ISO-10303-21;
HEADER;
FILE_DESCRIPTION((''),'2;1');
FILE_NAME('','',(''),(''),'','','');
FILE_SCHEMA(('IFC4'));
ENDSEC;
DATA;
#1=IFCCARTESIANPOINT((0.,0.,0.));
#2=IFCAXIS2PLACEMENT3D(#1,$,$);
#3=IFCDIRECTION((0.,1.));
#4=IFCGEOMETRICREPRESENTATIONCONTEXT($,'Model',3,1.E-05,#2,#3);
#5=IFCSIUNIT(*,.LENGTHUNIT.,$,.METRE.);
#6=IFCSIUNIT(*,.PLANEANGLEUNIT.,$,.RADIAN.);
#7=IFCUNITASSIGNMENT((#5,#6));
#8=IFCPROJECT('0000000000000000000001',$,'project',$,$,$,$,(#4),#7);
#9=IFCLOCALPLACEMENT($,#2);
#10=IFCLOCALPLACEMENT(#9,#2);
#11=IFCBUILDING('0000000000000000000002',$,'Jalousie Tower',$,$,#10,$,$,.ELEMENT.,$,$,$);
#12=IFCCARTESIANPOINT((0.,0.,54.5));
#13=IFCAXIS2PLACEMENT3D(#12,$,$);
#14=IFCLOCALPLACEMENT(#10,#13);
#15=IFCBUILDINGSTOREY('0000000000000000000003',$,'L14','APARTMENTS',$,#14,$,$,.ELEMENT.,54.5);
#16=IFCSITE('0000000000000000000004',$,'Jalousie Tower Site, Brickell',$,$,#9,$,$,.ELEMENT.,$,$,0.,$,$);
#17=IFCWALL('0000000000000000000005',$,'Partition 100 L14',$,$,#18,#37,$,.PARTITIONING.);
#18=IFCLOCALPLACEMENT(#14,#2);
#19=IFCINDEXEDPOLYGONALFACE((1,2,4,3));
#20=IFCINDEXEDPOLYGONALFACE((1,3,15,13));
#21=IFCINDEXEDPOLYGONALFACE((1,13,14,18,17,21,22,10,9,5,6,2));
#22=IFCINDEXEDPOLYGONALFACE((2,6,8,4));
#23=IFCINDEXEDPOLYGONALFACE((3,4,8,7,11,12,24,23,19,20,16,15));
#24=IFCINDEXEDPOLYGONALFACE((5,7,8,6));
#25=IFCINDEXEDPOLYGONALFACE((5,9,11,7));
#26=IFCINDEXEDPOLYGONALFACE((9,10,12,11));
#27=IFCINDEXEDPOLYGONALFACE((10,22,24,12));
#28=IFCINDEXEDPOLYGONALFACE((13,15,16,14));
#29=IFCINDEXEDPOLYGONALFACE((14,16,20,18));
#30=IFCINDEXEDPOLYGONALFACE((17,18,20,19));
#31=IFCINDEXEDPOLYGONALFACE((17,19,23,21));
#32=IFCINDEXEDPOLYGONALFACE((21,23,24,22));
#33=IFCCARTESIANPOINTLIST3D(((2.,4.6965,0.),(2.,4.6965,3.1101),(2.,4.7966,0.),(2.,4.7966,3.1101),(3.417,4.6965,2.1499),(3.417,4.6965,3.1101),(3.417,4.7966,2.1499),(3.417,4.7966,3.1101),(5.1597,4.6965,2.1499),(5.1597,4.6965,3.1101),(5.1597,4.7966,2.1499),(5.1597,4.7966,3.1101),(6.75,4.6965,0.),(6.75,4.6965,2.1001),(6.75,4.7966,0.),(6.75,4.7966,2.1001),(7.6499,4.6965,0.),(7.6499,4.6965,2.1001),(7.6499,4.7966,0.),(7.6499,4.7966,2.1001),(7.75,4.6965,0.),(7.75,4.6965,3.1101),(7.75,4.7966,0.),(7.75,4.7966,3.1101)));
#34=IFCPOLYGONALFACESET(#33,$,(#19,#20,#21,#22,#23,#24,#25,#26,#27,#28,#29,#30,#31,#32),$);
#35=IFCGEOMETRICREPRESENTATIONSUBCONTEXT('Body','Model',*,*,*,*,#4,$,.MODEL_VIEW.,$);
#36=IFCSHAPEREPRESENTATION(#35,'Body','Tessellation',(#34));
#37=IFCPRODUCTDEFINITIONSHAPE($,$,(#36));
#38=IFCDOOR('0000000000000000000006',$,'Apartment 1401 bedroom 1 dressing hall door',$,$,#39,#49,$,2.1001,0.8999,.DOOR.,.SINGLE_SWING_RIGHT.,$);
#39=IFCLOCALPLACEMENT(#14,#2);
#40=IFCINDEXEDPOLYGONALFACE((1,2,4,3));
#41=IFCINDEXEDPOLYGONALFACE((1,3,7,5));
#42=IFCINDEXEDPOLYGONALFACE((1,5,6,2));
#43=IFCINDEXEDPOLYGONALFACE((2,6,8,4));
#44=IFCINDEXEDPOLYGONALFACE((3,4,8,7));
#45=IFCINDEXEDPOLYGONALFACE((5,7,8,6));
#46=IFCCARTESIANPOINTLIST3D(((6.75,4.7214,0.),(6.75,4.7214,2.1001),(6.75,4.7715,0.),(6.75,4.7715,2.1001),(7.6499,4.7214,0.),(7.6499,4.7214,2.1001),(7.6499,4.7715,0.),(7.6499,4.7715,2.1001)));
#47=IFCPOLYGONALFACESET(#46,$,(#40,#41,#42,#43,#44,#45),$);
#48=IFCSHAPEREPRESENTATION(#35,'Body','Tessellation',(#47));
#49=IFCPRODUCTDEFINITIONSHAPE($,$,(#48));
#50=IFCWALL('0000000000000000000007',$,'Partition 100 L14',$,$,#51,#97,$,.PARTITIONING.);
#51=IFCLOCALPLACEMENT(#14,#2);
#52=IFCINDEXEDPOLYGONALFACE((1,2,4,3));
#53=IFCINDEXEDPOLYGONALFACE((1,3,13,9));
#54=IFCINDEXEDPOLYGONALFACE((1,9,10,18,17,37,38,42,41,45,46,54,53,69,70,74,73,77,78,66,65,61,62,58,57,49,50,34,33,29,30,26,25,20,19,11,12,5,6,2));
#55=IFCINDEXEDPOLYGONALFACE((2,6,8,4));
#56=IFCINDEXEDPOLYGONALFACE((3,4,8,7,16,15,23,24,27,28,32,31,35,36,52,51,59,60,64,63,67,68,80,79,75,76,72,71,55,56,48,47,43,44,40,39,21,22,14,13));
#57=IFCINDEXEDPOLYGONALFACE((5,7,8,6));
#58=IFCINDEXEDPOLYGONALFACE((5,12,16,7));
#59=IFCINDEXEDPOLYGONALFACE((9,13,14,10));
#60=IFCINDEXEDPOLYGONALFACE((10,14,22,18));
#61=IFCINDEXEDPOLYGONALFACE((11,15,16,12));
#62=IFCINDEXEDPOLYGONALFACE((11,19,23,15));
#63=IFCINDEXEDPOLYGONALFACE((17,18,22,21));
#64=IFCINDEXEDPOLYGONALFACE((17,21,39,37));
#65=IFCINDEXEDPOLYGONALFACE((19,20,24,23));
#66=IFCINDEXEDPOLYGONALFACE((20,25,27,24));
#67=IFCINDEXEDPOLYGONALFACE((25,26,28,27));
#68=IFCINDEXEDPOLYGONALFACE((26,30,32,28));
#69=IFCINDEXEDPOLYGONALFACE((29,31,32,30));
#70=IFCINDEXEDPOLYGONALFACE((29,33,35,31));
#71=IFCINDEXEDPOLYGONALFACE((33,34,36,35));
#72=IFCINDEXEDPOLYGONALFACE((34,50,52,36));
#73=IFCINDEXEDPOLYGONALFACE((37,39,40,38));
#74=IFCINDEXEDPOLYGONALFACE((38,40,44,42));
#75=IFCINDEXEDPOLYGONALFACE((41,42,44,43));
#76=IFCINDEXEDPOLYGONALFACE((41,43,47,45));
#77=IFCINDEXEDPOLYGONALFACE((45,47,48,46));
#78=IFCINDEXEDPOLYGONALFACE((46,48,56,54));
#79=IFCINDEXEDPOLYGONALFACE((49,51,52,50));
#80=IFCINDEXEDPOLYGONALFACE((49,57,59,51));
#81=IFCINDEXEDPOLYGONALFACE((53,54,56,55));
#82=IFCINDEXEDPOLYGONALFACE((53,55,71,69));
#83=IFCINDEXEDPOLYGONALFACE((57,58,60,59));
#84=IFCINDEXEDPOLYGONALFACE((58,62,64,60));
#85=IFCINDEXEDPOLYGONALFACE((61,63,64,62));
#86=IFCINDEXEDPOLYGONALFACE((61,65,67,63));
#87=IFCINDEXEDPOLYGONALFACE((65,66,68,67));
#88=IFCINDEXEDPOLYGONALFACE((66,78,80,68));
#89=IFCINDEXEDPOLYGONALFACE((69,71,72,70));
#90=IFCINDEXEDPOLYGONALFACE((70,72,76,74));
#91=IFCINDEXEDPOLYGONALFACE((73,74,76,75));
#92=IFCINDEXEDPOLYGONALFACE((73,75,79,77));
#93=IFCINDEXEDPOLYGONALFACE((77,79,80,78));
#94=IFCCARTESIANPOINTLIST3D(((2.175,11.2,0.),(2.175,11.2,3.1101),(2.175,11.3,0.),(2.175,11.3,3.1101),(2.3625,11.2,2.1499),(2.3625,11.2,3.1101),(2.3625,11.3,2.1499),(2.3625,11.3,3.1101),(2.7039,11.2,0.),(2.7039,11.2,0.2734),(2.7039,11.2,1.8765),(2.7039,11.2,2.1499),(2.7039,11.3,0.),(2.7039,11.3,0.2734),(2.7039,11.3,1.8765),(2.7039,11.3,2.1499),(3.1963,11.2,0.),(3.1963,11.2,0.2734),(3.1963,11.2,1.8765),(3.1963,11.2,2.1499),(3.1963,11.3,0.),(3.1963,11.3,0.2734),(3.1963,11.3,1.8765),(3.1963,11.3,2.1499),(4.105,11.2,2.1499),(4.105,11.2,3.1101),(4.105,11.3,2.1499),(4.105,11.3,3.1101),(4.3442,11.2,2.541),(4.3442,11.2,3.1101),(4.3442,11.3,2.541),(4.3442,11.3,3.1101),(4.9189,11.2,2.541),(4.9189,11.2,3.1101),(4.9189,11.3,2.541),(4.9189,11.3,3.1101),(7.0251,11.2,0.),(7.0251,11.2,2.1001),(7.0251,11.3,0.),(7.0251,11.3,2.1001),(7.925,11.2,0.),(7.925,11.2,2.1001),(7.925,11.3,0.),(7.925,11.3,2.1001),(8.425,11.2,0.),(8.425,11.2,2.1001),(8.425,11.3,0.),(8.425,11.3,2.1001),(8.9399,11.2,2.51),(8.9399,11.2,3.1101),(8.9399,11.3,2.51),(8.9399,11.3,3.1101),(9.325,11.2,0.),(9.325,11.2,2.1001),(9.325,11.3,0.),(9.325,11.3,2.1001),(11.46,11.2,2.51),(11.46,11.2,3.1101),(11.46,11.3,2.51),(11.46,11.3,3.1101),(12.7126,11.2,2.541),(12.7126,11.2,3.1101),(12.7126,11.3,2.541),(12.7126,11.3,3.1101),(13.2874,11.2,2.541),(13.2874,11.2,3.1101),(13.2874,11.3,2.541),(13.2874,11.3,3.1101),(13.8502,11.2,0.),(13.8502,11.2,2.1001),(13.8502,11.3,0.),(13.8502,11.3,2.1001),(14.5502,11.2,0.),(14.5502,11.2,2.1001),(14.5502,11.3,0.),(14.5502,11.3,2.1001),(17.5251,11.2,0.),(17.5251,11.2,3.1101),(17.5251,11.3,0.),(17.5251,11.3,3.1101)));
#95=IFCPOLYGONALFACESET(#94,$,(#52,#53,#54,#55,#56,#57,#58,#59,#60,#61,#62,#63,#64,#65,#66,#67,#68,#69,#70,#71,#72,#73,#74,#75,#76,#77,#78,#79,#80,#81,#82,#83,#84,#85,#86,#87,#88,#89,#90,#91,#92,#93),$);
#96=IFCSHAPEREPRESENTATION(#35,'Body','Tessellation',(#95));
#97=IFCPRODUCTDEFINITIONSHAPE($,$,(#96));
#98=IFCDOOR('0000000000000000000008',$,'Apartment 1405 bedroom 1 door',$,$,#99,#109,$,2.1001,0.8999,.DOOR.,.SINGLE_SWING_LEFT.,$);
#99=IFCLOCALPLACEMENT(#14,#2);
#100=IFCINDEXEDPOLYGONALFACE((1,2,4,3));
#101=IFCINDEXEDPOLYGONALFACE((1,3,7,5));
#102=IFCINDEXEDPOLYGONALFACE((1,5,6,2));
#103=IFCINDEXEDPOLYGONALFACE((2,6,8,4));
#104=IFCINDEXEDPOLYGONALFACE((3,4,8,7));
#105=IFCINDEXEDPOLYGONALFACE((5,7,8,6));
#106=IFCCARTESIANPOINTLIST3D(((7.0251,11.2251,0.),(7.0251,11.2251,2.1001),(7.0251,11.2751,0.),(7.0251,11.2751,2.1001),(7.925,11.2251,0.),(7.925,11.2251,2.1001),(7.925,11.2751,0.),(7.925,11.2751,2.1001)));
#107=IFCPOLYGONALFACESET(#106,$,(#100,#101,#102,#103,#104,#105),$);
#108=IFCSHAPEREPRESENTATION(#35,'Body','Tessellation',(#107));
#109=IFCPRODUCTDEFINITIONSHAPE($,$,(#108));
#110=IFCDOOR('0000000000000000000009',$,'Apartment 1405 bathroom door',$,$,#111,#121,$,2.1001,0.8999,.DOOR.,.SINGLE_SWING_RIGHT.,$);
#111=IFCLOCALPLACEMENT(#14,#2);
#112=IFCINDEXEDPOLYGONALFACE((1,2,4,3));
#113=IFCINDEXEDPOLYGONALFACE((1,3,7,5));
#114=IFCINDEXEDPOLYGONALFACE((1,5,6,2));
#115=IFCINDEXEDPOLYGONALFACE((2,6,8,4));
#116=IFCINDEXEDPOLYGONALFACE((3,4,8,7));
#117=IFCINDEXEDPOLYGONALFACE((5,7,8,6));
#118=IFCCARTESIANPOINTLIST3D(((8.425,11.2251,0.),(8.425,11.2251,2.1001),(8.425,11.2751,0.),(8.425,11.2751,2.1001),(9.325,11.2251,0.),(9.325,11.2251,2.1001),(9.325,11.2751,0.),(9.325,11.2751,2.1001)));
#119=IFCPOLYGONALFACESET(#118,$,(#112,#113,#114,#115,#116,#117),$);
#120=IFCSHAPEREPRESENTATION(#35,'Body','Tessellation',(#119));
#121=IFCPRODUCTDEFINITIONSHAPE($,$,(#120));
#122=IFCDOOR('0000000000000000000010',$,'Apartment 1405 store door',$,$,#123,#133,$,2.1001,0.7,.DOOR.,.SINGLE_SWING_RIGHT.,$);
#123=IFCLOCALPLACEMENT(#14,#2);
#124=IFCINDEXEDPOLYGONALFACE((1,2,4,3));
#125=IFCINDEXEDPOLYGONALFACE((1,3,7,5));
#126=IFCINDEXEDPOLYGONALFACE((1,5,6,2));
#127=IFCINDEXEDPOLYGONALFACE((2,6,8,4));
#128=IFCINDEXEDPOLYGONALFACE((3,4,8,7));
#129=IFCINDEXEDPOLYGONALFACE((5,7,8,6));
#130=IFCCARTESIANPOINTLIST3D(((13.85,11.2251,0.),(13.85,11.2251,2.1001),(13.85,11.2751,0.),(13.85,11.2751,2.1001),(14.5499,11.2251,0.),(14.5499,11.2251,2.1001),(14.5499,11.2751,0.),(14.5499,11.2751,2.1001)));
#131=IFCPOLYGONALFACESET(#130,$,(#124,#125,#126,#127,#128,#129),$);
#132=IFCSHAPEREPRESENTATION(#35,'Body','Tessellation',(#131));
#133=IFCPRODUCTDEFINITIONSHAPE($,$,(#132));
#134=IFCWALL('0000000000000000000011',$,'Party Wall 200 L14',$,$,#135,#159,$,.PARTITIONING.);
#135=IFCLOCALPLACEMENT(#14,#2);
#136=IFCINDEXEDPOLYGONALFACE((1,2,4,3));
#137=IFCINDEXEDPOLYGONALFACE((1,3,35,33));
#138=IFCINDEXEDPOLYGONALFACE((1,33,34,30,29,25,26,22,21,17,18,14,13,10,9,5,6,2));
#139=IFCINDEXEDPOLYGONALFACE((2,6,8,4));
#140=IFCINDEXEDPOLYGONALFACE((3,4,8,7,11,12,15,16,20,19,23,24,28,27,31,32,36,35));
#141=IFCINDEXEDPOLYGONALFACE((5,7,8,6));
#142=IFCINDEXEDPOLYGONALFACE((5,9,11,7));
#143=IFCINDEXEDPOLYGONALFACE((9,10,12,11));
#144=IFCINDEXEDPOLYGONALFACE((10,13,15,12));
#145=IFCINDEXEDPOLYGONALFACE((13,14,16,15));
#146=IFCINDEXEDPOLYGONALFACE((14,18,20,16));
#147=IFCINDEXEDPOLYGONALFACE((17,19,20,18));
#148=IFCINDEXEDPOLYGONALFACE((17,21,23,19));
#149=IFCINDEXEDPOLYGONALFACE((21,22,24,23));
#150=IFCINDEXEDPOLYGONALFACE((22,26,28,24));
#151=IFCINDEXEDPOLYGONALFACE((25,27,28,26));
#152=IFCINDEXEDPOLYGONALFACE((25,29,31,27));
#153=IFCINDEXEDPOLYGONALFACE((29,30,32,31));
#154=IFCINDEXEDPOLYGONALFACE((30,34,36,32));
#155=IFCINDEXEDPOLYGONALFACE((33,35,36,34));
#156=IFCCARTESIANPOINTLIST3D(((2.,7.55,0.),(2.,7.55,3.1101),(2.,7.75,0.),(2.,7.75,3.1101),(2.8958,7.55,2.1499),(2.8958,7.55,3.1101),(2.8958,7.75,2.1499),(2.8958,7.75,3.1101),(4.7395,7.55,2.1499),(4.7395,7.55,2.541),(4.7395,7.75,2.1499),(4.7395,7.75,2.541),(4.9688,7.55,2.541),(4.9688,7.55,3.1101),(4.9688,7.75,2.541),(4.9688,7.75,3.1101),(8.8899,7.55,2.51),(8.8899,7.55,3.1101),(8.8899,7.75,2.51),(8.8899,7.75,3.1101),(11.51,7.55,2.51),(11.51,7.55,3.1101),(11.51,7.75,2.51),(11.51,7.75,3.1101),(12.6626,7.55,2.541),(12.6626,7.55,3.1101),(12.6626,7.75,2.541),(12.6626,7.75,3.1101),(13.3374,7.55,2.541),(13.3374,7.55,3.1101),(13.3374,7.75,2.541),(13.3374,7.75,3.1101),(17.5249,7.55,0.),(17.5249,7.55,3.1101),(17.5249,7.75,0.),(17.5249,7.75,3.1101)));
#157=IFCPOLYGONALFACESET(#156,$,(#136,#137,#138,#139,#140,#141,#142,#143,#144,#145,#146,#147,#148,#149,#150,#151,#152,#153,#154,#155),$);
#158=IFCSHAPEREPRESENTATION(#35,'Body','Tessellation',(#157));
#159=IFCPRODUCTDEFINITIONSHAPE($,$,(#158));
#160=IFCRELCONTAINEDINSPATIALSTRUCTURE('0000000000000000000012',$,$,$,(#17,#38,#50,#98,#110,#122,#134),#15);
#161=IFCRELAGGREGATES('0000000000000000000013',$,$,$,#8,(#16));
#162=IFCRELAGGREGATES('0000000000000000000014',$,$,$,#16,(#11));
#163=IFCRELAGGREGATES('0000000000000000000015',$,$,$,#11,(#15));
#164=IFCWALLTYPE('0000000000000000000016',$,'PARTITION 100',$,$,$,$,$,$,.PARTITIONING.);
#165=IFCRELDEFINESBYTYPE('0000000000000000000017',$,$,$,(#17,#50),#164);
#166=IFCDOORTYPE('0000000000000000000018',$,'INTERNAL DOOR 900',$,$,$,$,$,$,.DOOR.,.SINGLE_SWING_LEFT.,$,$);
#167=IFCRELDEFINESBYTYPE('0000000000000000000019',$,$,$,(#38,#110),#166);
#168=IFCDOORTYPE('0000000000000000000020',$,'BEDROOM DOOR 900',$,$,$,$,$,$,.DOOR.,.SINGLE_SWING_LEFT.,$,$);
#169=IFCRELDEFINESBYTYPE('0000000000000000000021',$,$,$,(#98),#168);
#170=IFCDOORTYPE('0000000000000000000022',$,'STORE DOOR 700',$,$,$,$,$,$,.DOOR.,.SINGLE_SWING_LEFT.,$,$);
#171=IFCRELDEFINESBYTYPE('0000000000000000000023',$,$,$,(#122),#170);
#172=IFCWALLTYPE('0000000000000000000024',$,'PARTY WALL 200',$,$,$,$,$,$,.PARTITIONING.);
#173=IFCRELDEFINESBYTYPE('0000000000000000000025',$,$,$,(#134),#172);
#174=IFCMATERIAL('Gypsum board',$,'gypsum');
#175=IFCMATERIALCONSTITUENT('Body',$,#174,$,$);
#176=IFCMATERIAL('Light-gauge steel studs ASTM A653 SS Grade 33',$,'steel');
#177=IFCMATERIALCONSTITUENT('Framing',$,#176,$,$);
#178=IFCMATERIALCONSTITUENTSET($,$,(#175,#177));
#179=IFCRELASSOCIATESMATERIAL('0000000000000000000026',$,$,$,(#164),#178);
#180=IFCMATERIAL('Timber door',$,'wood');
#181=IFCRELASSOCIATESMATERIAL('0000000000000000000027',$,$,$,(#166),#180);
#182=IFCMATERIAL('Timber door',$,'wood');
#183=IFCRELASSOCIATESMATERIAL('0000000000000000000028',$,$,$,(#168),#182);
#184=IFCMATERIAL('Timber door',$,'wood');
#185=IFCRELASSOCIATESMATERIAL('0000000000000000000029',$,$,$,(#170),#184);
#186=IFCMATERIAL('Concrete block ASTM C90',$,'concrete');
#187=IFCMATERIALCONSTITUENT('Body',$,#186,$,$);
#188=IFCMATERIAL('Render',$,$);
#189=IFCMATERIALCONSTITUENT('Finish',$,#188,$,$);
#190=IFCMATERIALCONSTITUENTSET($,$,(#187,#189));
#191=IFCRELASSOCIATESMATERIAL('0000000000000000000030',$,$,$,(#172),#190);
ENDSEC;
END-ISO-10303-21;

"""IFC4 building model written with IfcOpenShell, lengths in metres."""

from ifc_helpers import new_model, si_unit, direction, frame, frame_2d, origin, place, context, subcontext, project, spatial, polyline, rectangle, outline, extrude, material, constituent, constituent_set, type_object, element, fill, save


model = new_model("IFC4")

# Units and contexts
model_context = context("Model", 3, precision=1e-05, world=origin(), true_north=direction((0.0, 1.0)))
body_context = subcontext(model_context, "Body", "Model", "MODEL_VIEW")
ifc_project = project(units=[si_unit("LENGTHUNIT", "METRE"), si_unit("PLANEANGLEUNIT", "RADIAN")], contexts=[model_context])

# Site, building, storey
site_placement = place(None, origin())
site = spatial("IfcSite", under=ifc_project, at=site_placement, Name="Jalousie Tower Site, Brickell", CompositionType="ELEMENT", RefElevation=0.0)
building_placement = place(site_placement, origin())
building = spatial("IfcBuilding", under=site, at=building_placement, Name="Jalousie Tower", CompositionType="ELEMENT")
storey_placement = place(building_placement, frame((0.0, 0.0, 54.5)))
storey = spatial("IfcBuildingStorey", under=building, at=storey_placement, Name="L14", Description="APARTMENTS", CompositionType="ELEMENT", Elevation=54.5)

# Wall, opening, door
ifc_material_1 = material(Name="Gypsum board", Category="gypsum")
ifc_constituent_1 = constituent(ifc_material_1, Name="Body")
ifc_material_2 = material(Name="Light-gauge steel studs ASTM A653 SS Grade 33", Category="steel")
ifc_constituent_2 = constituent(ifc_material_2, Name="Framing")
ifc_constituent_set_1 = constituent_set(constituents=[ifc_constituent_1, ifc_constituent_2])
wall_type_1 = type_object("IfcWallType", Name="PARTITION 100", PredefinedType="PARTITIONING", material=ifc_constituent_set_1)
wall_1_placement = place(storey_placement, frame((2.0, 4.7466, 0.0), z_axis=(0.0, 0.0, 1.0), x_axis=(1.0, 0.0, 0.0)))
wall_1 = element("IfcWall", 1, at=wall_1_placement, inside=storey, type_object=wall_type_1, Name="Partition 100 L14", PredefinedType="PARTITIONING", context=body_context, shape_type="SweptSolid", body=[
    extrude(outline(polyline([(0.0, 0.0), (5.75, 0.0), (5.75, 3.1101), (3.1597, 3.1101), (3.1597, 2.1499), (1.417, 2.1499), (1.417, 3.1101), (0.0, 3.1101), (0.0, 0.0)])), frame((0.0, 0.05, 0.0), z_axis=(0.0, -1.0, 0.0), x_axis=(1.0, 0.0, 0.0)), (0.0, 0.0, 1.0), 0.1001),
])
opening_1_placement = place(wall_1_placement, frame((4.75, 0.0, 0.0)))
opening_1 = element("IfcOpeningElement", 2, at=opening_1_placement, cuts=wall_1, PredefinedType="OPENING", context=body_context, shape_type="SweptSolid", body=[
    extrude(rectangle(XDim=0.8999, YDim=2.1001, at=frame_2d((0.45, 1.05))), frame((0.0, 0.0601, 0.0), z_axis=(0.0, -1.0, 0.0), x_axis=(1.0, 0.0, 0.0)), (0.0, 0.0, 1.0), 0.1201),
])
ifc_material_3 = material(Name="Timber door", Category="wood")
door_type_1 = type_object("IfcDoorType", Name="INTERNAL DOOR 900", OperationType="SINGLE_SWING_LEFT", PredefinedType="DOOR", material=ifc_material_3)
door_1_placement = place(opening_1_placement, origin())
door_1 = element("IfcDoor", 3, at=door_1_placement, inside=storey, type_object=door_type_1, Name="Apartment 1401 bedroom 1 dressing hall door", OperationType="SINGLE_SWING_RIGHT", OverallHeight=2.1001, OverallWidth=0.8999, PredefinedType="DOOR", context=body_context, shape_type="SweptSolid", body=[
    extrude(rectangle(XDim=0.8999, YDim=2.1001, at=frame_2d((0.45, 1.05))), frame((0.0, 0.0249, 0.0), z_axis=(0.0, -1.0, 0.0), x_axis=(1.0, 0.0, 0.0)), (0.0, 0.0, 1.0), 0.05),
])
fill(opening_1, door_1)

# Wall, openings, doors
wall_2_placement = place(storey_placement, frame((2.175, 11.25, 0.0), z_axis=(0.0, 0.0, 1.0), x_axis=(1.0, 0.0, 0.0)))
wall_2 = element("IfcWall", 4, at=wall_2_placement, inside=storey, type_object=wall_type_1, Name="Partition 100 L14", PredefinedType="PARTITIONING", context=body_context, shape_type="SweptSolid", body=[
    extrude(outline(polyline([(0.1875, 3.1101), (0.0, 3.1101), (0.0, 0.0), (0.5288, 0.0), (0.5288, 0.2734), (1.0212, 0.2734), (1.0212, 0.0), (15.3501, 0.0), (15.3501, 3.1101), (11.1123, 3.1101), (11.1123, 2.541), (10.5376, 2.541), (10.5376, 3.1101), (9.2849, 3.1101), (9.2849, 2.51), (6.7649, 2.51), (6.7649, 3.1101), (2.7439, 3.1101), (2.7439, 2.541), (2.1692, 2.541), (2.1692, 3.1101), (1.9299, 3.1101), (1.9299, 2.1499), (1.0212, 2.1499), (1.0212, 1.8765), (0.5288, 1.8765), (0.5288, 2.1499), (0.1875, 2.1499), (0.1875, 3.1101)])), frame((0.0, 0.05, 0.0), z_axis=(0.0, -1.0, 0.0), x_axis=(1.0, 0.0, 0.0)), (0.0, 0.0, 1.0), 0.1001),
])
opening_2_placement = place(wall_2_placement, frame((4.8501, 0.0, 0.0)))
opening_2 = element("IfcOpeningElement", 5, at=opening_2_placement, cuts=wall_2, PredefinedType="OPENING", context=body_context, shape_type="SweptSolid", body=[
    extrude(rectangle(XDim=0.8999, YDim=2.1001, at=frame_2d((0.45, 1.05))), frame((0.0, 0.0601, 0.0), z_axis=(0.0, -1.0, 0.0), x_axis=(1.0, 0.0, 0.0)), (0.0, 0.0, 1.0), 0.1201),
])
opening_3_placement = place(wall_2_placement, frame((6.25, 0.0, 0.0)))
opening_3 = element("IfcOpeningElement", 6, at=opening_3_placement, cuts=wall_2, PredefinedType="OPENING", context=body_context, shape_type="SweptSolid", body=[
    extrude(rectangle(XDim=0.8999, YDim=2.1001, at=frame_2d((0.45, 1.05))), frame((0.0, 0.0601, 0.0), z_axis=(0.0, -1.0, 0.0), x_axis=(1.0, 0.0, 0.0)), (0.0, 0.0, 1.0), 0.1201),
])
opening_4_placement = place(wall_2_placement, frame((11.675, 0.0, 0.0)))
opening_4 = element("IfcOpeningElement", 7, at=opening_4_placement, cuts=wall_2, PredefinedType="OPENING", context=body_context, shape_type="SweptSolid", body=[
    extrude(rectangle(XDim=0.7, YDim=2.1001, at=frame_2d((0.3501, 1.05))), frame((0.0, 0.0601, 0.0), z_axis=(0.0, -1.0, 0.0), x_axis=(1.0, 0.0, 0.0)), (0.0, 0.0, 1.0), 0.1201),
])
ifc_material_4 = material(Name="Timber door", Category="wood")
door_type_2 = type_object("IfcDoorType", Name="BEDROOM DOOR 900", OperationType="SINGLE_SWING_LEFT", PredefinedType="DOOR", material=ifc_material_4)
door_2_placement = place(opening_2_placement, frame((0.8999, 0.0, 0.0), z_axis=(0.0, 0.0, 1.0), x_axis=(-1.0, 0.0, 0.0)))
door_2 = element("IfcDoor", 8, at=door_2_placement, inside=storey, type_object=door_type_2, Name="Apartment 1405 bedroom 1 door", OperationType="SINGLE_SWING_LEFT", OverallHeight=2.1001, OverallWidth=0.8999, PredefinedType="DOOR", context=body_context, shape_type="SweptSolid", body=[
    extrude(rectangle(XDim=0.8999, YDim=2.1001, at=frame_2d((0.45, 1.05))), frame((0.0, 0.0249, 0.0), z_axis=(0.0, -1.0, 0.0), x_axis=(1.0, 0.0, 0.0)), (0.0, 0.0, 1.0), 0.05),
])
fill(opening_2, door_2)
door_3_placement = place(opening_3_placement, frame((0.8999, 0.0, 0.0), z_axis=(0.0, 0.0, 1.0), x_axis=(-1.0, 0.0, 0.0)))
door_3 = element("IfcDoor", 9, at=door_3_placement, inside=storey, type_object=door_type_1, Name="Apartment 1405 bathroom door", OperationType="SINGLE_SWING_RIGHT", OverallHeight=2.1001, OverallWidth=0.8999, PredefinedType="DOOR", context=body_context, shape_type="SweptSolid", body=[
    extrude(rectangle(XDim=0.8999, YDim=2.1001, at=frame_2d((0.45, 1.05))), frame((0.0, 0.0249, 0.0), z_axis=(0.0, -1.0, 0.0), x_axis=(1.0, 0.0, 0.0)), (0.0, 0.0, 1.0), 0.05),
])
fill(opening_3, door_3)
ifc_material_5 = material(Name="Timber door", Category="wood")
door_type_3 = type_object("IfcDoorType", Name="STORE DOOR 700", OperationType="SINGLE_SWING_LEFT", PredefinedType="DOOR", material=ifc_material_5)
door_4_placement = place(opening_4_placement, frame((0.7, 0.0, 0.0), z_axis=(0.0, 0.0, 1.0), x_axis=(-1.0, 0.0, 0.0)))
door_4 = element("IfcDoor", 10, at=door_4_placement, inside=storey, type_object=door_type_3, Name="Apartment 1405 store door", OperationType="SINGLE_SWING_RIGHT", OverallHeight=2.1001, OverallWidth=0.7, PredefinedType="DOOR", context=body_context, shape_type="SweptSolid", body=[
    extrude(rectangle(XDim=0.7, YDim=2.1001, at=frame_2d((0.3501, 1.05))), frame((0.0, 0.0249, 0.0), z_axis=(0.0, -1.0, 0.0), x_axis=(1.0, 0.0, 0.0)), (0.0, 0.0, 1.0), 0.05),
])
fill(opening_4, door_4)

# Wall
ifc_material_6 = material(Name="Concrete block ASTM C90", Category="concrete")
ifc_constituent_3 = constituent(ifc_material_6, Name="Body")
ifc_material_7 = material(Name="Render")
ifc_constituent_4 = constituent(ifc_material_7, Name="Finish")
ifc_constituent_set_2 = constituent_set(constituents=[ifc_constituent_3, ifc_constituent_4])
wall_type_2 = type_object("IfcWallType", Name="PARTY WALL 200", PredefinedType="PARTITIONING", material=ifc_constituent_set_2)
wall_3_placement = place(storey_placement, frame((2.0, 7.6499, 0.0), z_axis=(0.0, 0.0, 1.0), x_axis=(1.0, 0.0, 0.0)))
element("IfcWall", 11, at=wall_3_placement, inside=storey, type_object=wall_type_2, Name="Party Wall 200 L14", PredefinedType="PARTITIONING", context=body_context, shape_type="SweptSolid", body=[
    extrude(outline(polyline([(0.0, 0.0), (15.5249, 0.0), (15.5249, 3.1101), (11.3374, 3.1101), (11.3374, 2.541), (10.6626, 2.541), (10.6626, 3.1101), (9.51, 3.1101), (9.51, 2.51), (6.8899, 2.51), (6.8899, 3.1101), (2.9688, 3.1101), (2.9688, 2.541), (2.7395, 2.541), (2.7395, 2.1499), (0.8958, 2.1499), (0.8958, 3.1101), (0.0, 3.1101), (0.0, 0.0)])), frame((0.0, 0.1001, 0.0), z_axis=(0.0, -1.0, 0.0), x_axis=(1.0, 0.0, 0.0)), (0.0, 0.0, 1.0), 0.2),
])

save(model, "model.ifc")
